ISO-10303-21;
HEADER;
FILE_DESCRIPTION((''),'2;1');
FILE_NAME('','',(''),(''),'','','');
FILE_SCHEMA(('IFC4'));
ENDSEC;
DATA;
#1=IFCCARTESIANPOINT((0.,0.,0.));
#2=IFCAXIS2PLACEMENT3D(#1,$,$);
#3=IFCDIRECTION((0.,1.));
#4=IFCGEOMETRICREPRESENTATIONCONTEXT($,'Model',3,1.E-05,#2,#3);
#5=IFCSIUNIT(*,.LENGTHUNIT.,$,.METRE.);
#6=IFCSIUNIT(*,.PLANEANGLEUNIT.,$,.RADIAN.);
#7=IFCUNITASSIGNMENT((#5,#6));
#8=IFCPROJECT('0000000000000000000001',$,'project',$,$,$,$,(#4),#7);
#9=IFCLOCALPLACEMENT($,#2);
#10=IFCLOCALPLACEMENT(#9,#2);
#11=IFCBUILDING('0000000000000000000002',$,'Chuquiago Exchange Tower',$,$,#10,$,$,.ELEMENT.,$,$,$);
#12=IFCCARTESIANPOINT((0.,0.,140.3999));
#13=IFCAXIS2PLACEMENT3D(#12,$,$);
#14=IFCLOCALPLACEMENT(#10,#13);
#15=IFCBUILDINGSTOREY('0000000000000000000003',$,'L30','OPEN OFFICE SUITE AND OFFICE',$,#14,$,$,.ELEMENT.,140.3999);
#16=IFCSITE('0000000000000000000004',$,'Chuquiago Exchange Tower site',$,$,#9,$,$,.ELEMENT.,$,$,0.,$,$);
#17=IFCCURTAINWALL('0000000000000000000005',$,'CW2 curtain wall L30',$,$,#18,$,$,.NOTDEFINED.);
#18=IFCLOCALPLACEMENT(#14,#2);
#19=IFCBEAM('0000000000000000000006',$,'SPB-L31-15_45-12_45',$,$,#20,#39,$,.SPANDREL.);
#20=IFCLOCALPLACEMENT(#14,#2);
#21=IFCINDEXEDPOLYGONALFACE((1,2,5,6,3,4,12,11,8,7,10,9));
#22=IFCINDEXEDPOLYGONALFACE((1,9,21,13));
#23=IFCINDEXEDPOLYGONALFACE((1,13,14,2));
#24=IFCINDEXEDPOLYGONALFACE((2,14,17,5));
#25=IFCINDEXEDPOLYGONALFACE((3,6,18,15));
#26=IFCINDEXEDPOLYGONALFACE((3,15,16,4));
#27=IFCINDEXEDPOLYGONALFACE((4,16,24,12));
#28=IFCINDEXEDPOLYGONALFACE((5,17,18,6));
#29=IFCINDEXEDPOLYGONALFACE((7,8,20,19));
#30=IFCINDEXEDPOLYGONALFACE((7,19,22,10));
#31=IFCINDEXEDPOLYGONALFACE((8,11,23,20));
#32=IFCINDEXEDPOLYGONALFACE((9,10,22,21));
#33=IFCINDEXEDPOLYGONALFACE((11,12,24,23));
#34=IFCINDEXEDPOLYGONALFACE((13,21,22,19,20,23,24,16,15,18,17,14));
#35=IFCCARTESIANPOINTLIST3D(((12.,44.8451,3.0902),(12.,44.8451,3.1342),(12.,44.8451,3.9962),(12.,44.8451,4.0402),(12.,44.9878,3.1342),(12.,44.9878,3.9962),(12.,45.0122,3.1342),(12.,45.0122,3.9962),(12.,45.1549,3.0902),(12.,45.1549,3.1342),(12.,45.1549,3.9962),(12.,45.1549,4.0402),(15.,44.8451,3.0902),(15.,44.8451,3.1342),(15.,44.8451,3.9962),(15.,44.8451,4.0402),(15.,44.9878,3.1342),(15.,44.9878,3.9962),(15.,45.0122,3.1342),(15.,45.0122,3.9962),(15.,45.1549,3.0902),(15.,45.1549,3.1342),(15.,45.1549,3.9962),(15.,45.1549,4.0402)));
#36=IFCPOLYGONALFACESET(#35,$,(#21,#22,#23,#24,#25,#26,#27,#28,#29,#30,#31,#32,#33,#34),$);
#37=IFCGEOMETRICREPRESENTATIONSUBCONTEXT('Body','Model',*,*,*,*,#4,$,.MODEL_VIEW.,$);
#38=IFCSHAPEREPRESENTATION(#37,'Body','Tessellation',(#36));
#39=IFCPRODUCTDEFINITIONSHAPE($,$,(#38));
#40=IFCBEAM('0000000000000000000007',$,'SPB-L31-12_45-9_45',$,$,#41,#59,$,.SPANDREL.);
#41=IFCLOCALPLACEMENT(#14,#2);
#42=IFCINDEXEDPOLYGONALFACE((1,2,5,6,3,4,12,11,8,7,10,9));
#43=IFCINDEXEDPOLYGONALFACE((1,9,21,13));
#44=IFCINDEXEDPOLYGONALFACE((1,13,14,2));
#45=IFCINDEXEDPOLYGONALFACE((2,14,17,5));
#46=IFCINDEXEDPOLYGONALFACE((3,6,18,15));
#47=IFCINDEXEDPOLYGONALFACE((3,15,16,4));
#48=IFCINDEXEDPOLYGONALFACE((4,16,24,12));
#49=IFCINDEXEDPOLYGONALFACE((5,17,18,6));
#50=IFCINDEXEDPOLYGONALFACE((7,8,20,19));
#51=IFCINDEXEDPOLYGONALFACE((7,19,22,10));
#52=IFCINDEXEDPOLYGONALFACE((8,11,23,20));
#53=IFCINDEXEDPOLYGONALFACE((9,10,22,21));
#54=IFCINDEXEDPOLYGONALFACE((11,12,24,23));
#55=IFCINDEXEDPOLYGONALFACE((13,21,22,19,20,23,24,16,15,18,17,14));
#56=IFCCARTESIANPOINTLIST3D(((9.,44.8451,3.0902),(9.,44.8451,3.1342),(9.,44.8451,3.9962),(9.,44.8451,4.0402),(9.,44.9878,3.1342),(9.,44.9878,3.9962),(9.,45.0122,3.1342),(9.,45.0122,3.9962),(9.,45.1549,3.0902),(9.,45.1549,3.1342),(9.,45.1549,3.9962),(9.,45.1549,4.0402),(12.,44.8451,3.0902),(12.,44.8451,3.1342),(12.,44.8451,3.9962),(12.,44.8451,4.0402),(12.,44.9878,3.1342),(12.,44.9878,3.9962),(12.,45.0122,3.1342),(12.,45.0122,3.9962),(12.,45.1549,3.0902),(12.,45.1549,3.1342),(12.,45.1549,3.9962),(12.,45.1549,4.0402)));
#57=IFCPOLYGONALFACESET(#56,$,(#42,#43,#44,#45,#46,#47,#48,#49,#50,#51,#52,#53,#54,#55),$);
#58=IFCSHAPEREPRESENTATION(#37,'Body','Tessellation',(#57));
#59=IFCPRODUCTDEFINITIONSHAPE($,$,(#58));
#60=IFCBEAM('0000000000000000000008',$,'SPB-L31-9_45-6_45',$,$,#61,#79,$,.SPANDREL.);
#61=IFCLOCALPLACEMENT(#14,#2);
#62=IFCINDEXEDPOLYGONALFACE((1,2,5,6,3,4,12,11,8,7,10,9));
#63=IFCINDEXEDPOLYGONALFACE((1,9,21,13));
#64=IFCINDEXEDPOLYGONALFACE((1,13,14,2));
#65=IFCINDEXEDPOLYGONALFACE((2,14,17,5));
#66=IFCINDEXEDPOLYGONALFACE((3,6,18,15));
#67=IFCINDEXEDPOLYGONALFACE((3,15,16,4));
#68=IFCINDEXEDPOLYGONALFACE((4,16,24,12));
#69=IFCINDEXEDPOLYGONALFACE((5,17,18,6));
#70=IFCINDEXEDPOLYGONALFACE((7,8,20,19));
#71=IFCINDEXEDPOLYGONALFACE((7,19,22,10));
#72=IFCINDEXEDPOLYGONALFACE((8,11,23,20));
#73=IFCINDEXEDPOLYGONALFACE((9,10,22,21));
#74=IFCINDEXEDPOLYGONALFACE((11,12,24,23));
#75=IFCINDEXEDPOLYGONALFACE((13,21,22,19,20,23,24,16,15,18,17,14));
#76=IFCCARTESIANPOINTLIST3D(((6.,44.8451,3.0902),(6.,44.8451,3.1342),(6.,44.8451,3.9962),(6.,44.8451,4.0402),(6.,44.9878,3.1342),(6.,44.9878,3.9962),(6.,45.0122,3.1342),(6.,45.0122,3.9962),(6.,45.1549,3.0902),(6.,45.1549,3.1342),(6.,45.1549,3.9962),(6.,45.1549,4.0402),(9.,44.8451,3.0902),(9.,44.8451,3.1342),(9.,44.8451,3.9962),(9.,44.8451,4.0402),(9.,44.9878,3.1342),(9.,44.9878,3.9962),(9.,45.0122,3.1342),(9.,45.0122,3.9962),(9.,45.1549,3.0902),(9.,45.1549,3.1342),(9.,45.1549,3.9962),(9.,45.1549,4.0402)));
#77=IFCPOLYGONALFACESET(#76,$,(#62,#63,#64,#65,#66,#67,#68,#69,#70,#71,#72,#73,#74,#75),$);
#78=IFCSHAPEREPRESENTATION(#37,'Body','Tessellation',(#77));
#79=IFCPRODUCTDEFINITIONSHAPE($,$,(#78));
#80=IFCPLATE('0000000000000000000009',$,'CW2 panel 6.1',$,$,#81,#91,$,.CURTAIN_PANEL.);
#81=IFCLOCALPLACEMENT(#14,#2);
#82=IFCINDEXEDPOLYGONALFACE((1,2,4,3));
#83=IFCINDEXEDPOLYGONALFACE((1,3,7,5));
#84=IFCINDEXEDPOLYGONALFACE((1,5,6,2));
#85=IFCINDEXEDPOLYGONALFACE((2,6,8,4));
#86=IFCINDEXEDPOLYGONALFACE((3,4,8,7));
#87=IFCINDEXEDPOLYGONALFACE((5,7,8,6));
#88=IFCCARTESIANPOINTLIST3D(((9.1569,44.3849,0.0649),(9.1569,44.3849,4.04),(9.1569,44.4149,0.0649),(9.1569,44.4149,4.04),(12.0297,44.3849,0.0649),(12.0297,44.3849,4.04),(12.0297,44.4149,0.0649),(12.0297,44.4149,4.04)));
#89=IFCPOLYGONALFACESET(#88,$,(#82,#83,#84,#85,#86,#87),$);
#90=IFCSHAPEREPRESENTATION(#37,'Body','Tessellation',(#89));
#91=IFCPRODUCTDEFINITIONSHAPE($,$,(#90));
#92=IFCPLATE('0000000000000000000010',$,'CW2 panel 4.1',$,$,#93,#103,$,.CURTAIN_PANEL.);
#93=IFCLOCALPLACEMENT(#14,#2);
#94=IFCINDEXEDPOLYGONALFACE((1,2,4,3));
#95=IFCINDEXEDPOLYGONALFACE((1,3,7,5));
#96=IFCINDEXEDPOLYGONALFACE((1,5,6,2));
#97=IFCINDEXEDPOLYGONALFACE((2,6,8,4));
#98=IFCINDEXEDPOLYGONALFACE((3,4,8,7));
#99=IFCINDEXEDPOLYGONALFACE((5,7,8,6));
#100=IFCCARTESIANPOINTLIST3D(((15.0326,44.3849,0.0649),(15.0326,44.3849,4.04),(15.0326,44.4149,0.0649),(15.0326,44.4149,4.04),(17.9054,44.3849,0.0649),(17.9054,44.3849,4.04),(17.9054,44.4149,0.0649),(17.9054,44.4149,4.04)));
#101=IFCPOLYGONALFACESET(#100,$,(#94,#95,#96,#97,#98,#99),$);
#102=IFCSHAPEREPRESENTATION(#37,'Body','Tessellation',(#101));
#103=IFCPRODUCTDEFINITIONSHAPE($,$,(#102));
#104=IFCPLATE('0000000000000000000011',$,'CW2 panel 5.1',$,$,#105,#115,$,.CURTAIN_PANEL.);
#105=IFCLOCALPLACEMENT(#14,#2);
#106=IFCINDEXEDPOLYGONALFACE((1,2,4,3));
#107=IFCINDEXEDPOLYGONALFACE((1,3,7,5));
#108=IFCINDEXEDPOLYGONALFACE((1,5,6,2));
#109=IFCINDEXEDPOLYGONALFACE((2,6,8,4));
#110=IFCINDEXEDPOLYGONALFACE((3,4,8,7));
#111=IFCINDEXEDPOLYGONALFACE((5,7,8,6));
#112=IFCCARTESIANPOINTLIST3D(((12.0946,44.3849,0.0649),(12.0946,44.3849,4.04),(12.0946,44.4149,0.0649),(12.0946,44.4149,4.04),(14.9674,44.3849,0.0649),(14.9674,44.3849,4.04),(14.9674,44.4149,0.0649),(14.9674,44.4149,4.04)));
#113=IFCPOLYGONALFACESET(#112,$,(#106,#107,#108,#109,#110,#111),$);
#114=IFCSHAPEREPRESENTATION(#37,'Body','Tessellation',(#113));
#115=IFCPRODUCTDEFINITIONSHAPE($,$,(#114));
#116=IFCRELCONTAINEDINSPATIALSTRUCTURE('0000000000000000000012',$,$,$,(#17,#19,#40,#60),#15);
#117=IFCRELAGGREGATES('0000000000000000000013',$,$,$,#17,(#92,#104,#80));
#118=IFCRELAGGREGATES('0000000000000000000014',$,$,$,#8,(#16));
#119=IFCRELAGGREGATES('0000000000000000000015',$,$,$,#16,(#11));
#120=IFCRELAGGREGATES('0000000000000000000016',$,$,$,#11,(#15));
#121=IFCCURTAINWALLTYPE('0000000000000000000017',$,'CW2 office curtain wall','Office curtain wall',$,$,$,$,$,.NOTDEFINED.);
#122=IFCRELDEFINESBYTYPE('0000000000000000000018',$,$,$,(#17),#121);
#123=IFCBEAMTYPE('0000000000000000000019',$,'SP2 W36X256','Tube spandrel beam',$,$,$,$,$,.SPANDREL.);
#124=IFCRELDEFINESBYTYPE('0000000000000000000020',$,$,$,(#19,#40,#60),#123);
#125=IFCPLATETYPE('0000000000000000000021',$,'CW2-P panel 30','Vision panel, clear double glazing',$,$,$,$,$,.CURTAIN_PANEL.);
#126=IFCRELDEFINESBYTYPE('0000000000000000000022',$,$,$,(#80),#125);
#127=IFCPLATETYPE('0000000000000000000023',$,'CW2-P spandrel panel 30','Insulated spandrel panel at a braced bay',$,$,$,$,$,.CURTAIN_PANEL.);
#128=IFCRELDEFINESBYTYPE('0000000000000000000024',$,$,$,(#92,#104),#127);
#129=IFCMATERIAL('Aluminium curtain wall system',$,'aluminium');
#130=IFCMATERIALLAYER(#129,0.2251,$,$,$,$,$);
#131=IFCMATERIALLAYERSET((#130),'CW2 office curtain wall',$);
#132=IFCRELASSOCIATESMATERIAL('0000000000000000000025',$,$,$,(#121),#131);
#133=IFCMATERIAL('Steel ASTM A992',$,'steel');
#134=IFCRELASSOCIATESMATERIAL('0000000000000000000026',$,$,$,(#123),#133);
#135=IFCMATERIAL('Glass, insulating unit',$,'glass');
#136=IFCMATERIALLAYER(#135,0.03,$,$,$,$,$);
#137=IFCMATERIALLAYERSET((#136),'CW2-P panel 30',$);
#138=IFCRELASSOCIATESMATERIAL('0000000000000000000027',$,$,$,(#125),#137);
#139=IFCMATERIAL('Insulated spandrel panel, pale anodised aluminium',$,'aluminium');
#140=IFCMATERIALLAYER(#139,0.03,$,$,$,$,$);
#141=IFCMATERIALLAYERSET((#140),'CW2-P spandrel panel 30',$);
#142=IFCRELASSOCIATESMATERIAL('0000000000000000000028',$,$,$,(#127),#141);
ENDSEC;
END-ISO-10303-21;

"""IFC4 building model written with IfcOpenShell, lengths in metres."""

from ifc_helpers import new_model, si_unit, direction, frame, origin, origin_2d, place, context, subcontext, project, spatial, rectangle, i_section, extrude, material, layer, layer_set, material_profile, profile_set, type_object, element, aggregate, save


model = new_model("IFC4")

# Units and contexts
model_context = context("Model", 3, precision=1e-05, world=origin(), true_north=direction((0.0, 1.0)))
body_context = subcontext(model_context, "Body", "Model", "MODEL_VIEW")
ifc_project = project(units=[si_unit("LENGTHUNIT", "METRE"), si_unit("PLANEANGLEUNIT", "RADIAN")], contexts=[model_context])

# Site, building, storey
site_placement = place(None, origin())
site = spatial("IfcSite", under=ifc_project, at=site_placement, Name="Chuquiago Exchange Tower site", CompositionType="ELEMENT", RefElevation=0.0)
building_placement = place(site_placement, origin())
building = spatial("IfcBuilding", under=site, at=building_placement, Name="Chuquiago Exchange Tower", CompositionType="ELEMENT")
storey_placement = place(building_placement, frame((0.0, 0.0, 140.3999)))
storey = spatial("IfcBuildingStorey", under=building, at=storey_placement, Name="L30", Description="OPEN OFFICE SUITE AND OFFICE", CompositionType="ELEMENT", Elevation=140.3999)

# Curtain wall
ifc_material_1 = material(Name="Aluminium curtain wall system", Category="aluminium")
ifc_layer_1 = layer(ifc_material_1, 0.2251)
ifc_layer_set_1 = layer_set([ifc_layer_1], Name="CW2 office curtain wall")
curtain_wall_type = type_object("IfcCurtainWallType", Name="CW2 office curtain wall", Description="Office curtain wall", PredefinedType="NOTDEFINED", material=ifc_layer_set_1)
curtain_wall_placement = place(storey_placement, origin())
curtain_wall = element("IfcCurtainWall", 1, at=curtain_wall_placement, inside=storey, type_object=curtain_wall_type, Name="CW2 curtain wall L30", PredefinedType="NOTDEFINED")

# Beams
ifc_material_2 = material(Name="Steel ASTM A992", Category="steel")
ifc_material_profile_1 = material_profile(ifc_material_2, i_section(OverallWidth=0.3098, OverallDepth=0.95, WebThickness=0.0244, FlangeThickness=0.0439, at=origin_2d()), Name="W36X256")
ifc_profile_set_1 = profile_set([ifc_material_profile_1], Name="Steel ASTM A992")
beam_type = type_object("IfcBeamType", Name="SP2 W36X256", Description="Tube spandrel beam", PredefinedType="SPANDREL", material=ifc_profile_set_1)
for number, where, z_axis, x_axis, name in (
    (2, (15.0, 45.0, 3.5652), (-1.0, 0.0, 0.0), (0.0, -1.0, 0.0), "SPB-L31-15_45-12_45"),
    (3, (12.0, 45.0, 3.5652), (-1.0, 0.0, 0.0), (0.0, -1.0, 0.0), "SPB-L31-12_45-9_45"),
    (4, (9.0, 45.0, 3.5652), (-1.0, 0.0, 0.0), (0.0, -1.0, 0.0), "SPB-L31-9_45-6_45"),
):
    element("IfcBeam", number, at=place(storey_placement, frame(where, z_axis=z_axis, x_axis=x_axis)), inside=storey, type_object=beam_type, Name=name, PredefinedType="SPANDREL", context=body_context, shape_type="SweptSolid", body=[
        extrude(i_section(OverallWidth=0.3098, OverallDepth=0.95, WebThickness=0.0244, FlangeThickness=0.0439, at=origin_2d()), origin(), (0.0, 0.0, 1.0), 3.0),
    ])

# Plates
ifc_material_3 = material(Name="Glass, insulating unit", Category="glass")
ifc_layer_2 = layer(ifc_material_3, 0.03)
ifc_layer_set_2 = layer_set([ifc_layer_2], Name="CW2-P panel 30")
plate_type_1 = type_object("IfcPlateType", Name="CW2-P panel 30", Description="Vision panel, clear double glazing", PredefinedType="CURTAIN_PANEL", material=ifc_layer_set_2)
plate_1_placement = place(storey_placement, frame((10.5933, 44.3999, 0.0649), z_axis=(0.0, 0.0, 1.0), x_axis=(-1.0, 0.0, 0.0)))
plate_1 = element("IfcPlate", 5, at=plate_1_placement, type_object=plate_type_1, Name="CW2 panel 6.1", PredefinedType="CURTAIN_PANEL", context=body_context, shape_type="SweptSolid", body=[
    extrude(rectangle(XDim=2.8728, YDim=0.03, at=origin_2d()), origin(), (0.0, 0.0, 1.0), 3.9751),
])
ifc_material_4 = material(Name="Insulated spandrel panel, pale anodised aluminium", Category="aluminium")
ifc_layer_3 = layer(ifc_material_4, 0.03)
ifc_layer_set_3 = layer_set([ifc_layer_3], Name="CW2-P spandrel panel 30")
plate_type_2 = type_object("IfcPlateType", Name="CW2-P spandrel panel 30", Description="Insulated spandrel panel at a braced bay", PredefinedType="CURTAIN_PANEL", material=ifc_layer_set_3)
plate_2_placement = place(storey_placement, frame((16.469, 44.3999, 0.0649), z_axis=(0.0, 0.0, 1.0), x_axis=(-1.0, 0.0, 0.0)))
plate_2 = element("IfcPlate", 6, at=plate_2_placement, type_object=plate_type_2, Name="CW2 panel 4.1", PredefinedType="CURTAIN_PANEL", context=body_context, shape_type="SweptSolid", body=[
    extrude(rectangle(XDim=2.8728, YDim=0.03, at=origin_2d()), origin(), (0.0, 0.0, 1.0), 3.9751),
])
plate_3_placement = place(storey_placement, frame((13.531, 44.3999, 0.0649), z_axis=(0.0, 0.0, 1.0), x_axis=(-1.0, 0.0, 0.0)))
plate_3 = element("IfcPlate", 7, at=plate_3_placement, type_object=plate_type_2, Name="CW2 panel 5.1", PredefinedType="CURTAIN_PANEL", context=body_context, shape_type="SweptSolid", body=[
    extrude(rectangle(XDim=2.8728, YDim=0.03, at=origin_2d()), origin(), (0.0, 0.0, 1.0), 3.9751),
])
aggregate(curtain_wall, [plate_2, plate_3, plate_1])

save(model, "model.ifc")
